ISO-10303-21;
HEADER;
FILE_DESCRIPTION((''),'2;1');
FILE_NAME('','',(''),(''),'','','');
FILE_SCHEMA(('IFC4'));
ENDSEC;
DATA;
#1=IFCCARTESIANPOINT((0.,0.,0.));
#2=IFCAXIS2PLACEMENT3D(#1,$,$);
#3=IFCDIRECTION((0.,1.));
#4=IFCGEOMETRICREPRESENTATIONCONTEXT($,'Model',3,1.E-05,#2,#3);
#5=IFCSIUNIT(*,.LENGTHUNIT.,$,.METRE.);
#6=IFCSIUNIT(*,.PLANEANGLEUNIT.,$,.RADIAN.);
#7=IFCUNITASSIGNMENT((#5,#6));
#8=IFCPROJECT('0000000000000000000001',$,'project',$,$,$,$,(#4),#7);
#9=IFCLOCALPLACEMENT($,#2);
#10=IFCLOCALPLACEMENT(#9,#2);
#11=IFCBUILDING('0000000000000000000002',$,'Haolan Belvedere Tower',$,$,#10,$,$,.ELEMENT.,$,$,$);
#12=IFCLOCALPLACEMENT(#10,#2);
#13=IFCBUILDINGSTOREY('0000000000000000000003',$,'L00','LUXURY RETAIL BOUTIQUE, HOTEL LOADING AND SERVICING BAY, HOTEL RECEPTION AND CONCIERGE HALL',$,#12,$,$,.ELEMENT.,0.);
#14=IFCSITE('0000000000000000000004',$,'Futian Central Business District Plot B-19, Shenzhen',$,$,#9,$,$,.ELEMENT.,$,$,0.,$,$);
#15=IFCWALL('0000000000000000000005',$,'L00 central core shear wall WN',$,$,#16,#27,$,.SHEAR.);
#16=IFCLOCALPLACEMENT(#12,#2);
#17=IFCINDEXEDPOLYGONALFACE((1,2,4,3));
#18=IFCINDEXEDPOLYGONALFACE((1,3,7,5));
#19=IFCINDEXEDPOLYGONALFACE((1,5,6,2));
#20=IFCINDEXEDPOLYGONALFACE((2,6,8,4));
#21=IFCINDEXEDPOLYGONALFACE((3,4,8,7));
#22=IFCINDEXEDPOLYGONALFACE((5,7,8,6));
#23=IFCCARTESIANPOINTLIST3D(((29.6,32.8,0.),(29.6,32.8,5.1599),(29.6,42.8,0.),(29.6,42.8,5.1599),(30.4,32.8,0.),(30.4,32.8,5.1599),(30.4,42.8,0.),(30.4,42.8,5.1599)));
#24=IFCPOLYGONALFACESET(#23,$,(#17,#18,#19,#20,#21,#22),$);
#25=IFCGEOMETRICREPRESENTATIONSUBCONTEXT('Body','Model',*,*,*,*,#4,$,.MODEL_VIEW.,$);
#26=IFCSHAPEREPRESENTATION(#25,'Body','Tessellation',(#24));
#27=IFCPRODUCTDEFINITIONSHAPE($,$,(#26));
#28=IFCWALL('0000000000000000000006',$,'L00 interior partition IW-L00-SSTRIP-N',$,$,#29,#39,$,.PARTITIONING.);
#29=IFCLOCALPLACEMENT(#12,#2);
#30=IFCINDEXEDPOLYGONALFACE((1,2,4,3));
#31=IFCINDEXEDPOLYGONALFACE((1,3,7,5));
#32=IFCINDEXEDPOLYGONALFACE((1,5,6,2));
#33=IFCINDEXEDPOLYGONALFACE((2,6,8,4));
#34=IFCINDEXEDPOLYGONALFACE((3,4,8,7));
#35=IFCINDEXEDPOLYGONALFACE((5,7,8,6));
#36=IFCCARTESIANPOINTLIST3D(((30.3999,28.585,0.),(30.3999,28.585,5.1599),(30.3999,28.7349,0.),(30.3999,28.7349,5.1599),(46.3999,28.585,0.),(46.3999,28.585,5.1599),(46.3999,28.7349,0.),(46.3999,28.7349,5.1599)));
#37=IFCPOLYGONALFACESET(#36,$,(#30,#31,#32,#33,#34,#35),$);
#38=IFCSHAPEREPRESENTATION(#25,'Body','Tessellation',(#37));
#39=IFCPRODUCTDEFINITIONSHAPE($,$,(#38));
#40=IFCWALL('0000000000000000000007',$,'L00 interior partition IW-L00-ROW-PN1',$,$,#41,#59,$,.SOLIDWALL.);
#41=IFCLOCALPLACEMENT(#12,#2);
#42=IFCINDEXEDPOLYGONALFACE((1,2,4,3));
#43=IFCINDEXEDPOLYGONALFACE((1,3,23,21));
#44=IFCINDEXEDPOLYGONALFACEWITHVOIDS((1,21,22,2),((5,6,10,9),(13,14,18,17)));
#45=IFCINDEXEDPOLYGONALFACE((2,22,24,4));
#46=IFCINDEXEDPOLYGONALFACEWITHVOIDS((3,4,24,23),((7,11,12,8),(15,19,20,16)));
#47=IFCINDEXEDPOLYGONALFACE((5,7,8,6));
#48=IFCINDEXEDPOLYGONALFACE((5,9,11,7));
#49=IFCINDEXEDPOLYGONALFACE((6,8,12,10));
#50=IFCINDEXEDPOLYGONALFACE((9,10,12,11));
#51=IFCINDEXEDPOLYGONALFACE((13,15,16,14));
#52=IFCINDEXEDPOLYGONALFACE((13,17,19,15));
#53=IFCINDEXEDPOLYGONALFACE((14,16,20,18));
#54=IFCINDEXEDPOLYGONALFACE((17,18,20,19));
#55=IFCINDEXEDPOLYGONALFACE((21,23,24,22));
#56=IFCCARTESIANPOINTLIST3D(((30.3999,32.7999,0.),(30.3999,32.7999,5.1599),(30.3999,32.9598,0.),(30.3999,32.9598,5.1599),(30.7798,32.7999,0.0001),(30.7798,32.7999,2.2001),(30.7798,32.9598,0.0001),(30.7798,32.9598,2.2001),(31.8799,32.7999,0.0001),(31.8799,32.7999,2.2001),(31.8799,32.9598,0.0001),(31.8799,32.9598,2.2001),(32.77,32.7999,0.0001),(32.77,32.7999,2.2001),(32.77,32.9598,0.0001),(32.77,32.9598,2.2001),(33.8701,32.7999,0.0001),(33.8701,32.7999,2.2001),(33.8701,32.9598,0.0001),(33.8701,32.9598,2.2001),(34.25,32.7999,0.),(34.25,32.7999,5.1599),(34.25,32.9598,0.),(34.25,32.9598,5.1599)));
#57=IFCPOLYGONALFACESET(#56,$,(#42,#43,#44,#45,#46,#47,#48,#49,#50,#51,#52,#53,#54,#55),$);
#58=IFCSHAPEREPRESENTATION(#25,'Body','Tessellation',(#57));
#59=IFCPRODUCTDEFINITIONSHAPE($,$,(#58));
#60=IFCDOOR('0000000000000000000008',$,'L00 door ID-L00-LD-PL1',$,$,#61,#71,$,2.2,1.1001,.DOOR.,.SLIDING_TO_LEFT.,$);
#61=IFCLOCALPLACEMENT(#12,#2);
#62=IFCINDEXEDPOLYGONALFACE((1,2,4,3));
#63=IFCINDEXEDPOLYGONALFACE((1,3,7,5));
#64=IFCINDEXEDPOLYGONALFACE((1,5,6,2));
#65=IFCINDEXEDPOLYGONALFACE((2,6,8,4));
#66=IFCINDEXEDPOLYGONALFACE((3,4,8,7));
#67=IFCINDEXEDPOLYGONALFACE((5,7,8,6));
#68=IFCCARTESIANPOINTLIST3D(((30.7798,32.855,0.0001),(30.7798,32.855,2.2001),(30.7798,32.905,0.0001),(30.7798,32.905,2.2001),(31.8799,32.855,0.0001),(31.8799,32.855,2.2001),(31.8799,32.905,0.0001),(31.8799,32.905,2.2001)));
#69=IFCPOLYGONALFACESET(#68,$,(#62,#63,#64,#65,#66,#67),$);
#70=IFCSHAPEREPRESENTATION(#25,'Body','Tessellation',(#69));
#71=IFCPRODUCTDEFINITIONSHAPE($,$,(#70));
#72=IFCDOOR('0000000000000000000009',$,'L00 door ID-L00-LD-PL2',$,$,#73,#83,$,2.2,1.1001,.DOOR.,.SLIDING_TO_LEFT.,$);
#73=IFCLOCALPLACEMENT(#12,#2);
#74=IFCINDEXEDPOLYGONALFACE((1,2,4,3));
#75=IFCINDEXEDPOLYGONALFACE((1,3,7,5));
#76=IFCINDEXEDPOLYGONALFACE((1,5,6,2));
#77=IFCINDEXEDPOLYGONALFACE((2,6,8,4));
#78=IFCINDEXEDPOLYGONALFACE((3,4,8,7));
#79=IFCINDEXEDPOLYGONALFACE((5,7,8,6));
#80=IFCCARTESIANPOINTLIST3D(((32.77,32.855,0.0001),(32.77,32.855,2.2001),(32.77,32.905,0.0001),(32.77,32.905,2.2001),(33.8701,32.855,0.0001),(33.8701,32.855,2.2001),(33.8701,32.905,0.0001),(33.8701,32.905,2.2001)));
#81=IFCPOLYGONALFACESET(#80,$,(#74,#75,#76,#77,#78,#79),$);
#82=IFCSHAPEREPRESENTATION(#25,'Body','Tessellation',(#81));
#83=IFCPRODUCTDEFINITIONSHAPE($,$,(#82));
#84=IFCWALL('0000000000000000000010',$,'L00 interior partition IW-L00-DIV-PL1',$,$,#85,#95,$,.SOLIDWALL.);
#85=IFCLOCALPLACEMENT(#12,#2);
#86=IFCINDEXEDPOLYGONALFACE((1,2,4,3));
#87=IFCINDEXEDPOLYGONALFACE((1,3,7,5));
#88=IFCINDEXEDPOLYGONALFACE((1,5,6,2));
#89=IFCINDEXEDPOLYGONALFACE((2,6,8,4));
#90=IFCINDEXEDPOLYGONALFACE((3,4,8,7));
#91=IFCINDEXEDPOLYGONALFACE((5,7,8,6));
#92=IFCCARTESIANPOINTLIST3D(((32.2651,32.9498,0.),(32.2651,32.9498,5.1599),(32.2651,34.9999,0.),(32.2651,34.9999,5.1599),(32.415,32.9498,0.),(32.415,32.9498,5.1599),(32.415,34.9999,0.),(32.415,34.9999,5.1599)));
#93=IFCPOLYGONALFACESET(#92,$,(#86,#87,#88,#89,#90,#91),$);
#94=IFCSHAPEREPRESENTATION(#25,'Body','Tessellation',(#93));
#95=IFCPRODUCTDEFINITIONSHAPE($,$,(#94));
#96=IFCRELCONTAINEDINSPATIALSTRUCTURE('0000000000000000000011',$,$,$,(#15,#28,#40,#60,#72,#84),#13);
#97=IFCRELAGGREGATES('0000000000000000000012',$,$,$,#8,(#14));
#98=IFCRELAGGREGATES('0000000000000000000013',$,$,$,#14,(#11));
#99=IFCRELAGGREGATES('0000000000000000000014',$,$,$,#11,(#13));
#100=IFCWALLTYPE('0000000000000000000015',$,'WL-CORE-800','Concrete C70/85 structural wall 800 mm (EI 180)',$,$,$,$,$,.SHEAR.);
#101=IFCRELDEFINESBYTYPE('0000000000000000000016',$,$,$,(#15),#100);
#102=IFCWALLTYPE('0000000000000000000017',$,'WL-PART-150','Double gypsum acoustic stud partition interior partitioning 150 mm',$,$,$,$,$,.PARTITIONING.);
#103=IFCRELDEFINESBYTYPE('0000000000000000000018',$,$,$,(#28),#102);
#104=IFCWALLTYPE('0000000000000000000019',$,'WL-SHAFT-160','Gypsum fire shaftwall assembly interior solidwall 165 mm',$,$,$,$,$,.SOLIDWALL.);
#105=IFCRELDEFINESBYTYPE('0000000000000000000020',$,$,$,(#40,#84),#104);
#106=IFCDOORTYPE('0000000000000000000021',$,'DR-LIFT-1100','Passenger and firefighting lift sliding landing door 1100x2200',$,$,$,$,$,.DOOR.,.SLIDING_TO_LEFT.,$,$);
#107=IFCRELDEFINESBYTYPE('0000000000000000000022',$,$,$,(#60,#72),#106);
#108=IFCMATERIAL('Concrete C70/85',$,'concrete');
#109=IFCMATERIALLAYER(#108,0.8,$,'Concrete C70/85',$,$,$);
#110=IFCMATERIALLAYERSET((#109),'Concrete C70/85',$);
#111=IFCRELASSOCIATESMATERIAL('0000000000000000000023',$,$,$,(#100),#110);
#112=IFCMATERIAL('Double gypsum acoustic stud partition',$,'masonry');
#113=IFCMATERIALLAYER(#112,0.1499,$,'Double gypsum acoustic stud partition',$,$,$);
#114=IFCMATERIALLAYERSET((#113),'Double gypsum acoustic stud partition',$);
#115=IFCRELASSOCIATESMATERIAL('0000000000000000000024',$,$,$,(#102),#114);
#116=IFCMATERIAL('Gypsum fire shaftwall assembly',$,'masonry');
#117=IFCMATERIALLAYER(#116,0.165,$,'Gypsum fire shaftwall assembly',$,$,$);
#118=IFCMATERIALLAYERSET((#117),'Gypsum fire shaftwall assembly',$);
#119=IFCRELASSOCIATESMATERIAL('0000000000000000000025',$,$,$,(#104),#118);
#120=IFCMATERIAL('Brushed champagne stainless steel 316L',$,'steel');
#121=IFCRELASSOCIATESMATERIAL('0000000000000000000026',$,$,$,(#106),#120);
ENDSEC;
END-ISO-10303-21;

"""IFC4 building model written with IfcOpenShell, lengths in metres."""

from ifc_helpers import new_model, si_unit, direction, frame, frame_2d, origin, place, context, subcontext, project, spatial, rectangle, extrude, material, layer, layer_set, type_object, element, fill, save


model = new_model("IFC4")

# Units and contexts
model_context = context("Model", 3, precision=1e-05, world=origin(), true_north=direction((0.0, 1.0)))
body_context = subcontext(model_context, "Body", "Model", "MODEL_VIEW")
ifc_project = project(units=[si_unit("LENGTHUNIT", "METRE"), si_unit("PLANEANGLEUNIT", "RADIAN")], contexts=[model_context])

# Site, building, storey
site_placement = place(None, origin())
site = spatial("IfcSite", under=ifc_project, at=site_placement, Name="Futian Central Business District Plot B-19, Shenzhen", CompositionType="ELEMENT", RefElevation=0.0)
building_placement = place(site_placement, origin())
building = spatial("IfcBuilding", under=site, at=building_placement, Name="Haolan Belvedere Tower", CompositionType="ELEMENT")
storey_placement = place(building_placement, origin())
storey = spatial("IfcBuildingStorey", under=building, at=storey_placement, Name="L00", Description="LUXURY RETAIL BOUTIQUE, HOTEL LOADING AND SERVICING BAY, HOTEL RECEPTION AND CONCIERGE HALL", CompositionType="ELEMENT", Elevation=0.0)

# Walls
ifc_material_1 = material(Name="Concrete C70/85", Category="concrete")
ifc_layer_1 = layer(ifc_material_1, 0.8, Name="Concrete C70/85")
ifc_layer_set_1 = layer_set([ifc_layer_1], Name="Concrete C70/85")
wall_type_1 = type_object("IfcWallType", Name="WL-CORE-800", Description="Concrete C70/85 structural wall 800 mm (EI 180)", PredefinedType="SHEAR", material=ifc_layer_set_1)
wall_1_placement = place(storey_placement, frame((30.0, 32.8, 0.0), z_axis=(0.0, 0.0, 1.0), x_axis=(0.0, 1.0, 0.0)))
element("IfcWall", 1, at=wall_1_placement, inside=storey, type_object=wall_type_1, Name="L00 central core shear wall WN", PredefinedType="SHEAR", context=body_context, shape_type="SweptSolid", body=[
    extrude(rectangle(XDim=10.0, YDim=0.8, at=frame_2d((5.0, 0.0))), origin(), (0.0, 0.0, 1.0), 5.1599),
])
ifc_material_2 = material(Name="Double gypsum acoustic stud partition", Category="masonry")
ifc_layer_2 = layer(ifc_material_2, 0.1499, Name="Double gypsum acoustic stud partition")
ifc_layer_set_2 = layer_set([ifc_layer_2], Name="Double gypsum acoustic stud partition")
wall_type_2 = type_object("IfcWallType", Name="WL-PART-150", Description="Double gypsum acoustic stud partition interior partitioning 150 mm", PredefinedType="PARTITIONING", material=ifc_layer_set_2)
wall_2_placement = place(storey_placement, frame((30.3999, 28.6599, 0.0), z_axis=(0.0, 0.0, 1.0), x_axis=(1.0, 0.0, 0.0)))
element("IfcWall", 2, at=wall_2_placement, inside=storey, type_object=wall_type_2, Name="L00 interior partition IW-L00-SSTRIP-N", PredefinedType="PARTITIONING", context=body_context, shape_type="SweptSolid", body=[
    extrude(rectangle(XDim=16.0, YDim=0.1499, at=frame_2d((8.0, 0.0))), origin(), (0.0, 0.0, 1.0), 5.1599),
])

# Wall, openings, doors
ifc_material_3 = material(Name="Gypsum fire shaftwall assembly", Category="masonry")
ifc_layer_3 = layer(ifc_material_3, 0.165, Name="Gypsum fire shaftwall assembly")
ifc_layer_set_3 = layer_set([ifc_layer_3], Name="Gypsum fire shaftwall assembly")
wall_type_3 = type_object("IfcWallType", Name="WL-SHAFT-160", Description="Gypsum fire shaftwall assembly interior solidwall 165 mm", PredefinedType="SOLIDWALL", material=ifc_layer_set_3)
wall_3_placement = place(storey_placement, frame((30.3999, 32.8799, 0.0), z_axis=(0.0, 0.0, 1.0), x_axis=(1.0, 0.0, 0.0)))
wall_3 = element("IfcWall", 3, at=wall_3_placement, inside=storey, type_object=wall_type_3, Name="L00 interior partition IW-L00-ROW-PN1", PredefinedType="SOLIDWALL", context=body_context, shape_type="SweptSolid", body=[
    extrude(rectangle(XDim=3.8501, YDim=0.1599, at=frame_2d((1.925, 0.0))), origin(), (0.0, 0.0, 1.0), 5.1599),
])
opening_1_placement = place(wall_3_placement, frame((1.48, 0.0, 0.0), z_axis=(0.0, 0.0, 1.0), x_axis=(-1.0, 0.0, 0.0)))
opening_1 = element("IfcOpeningElement", 4, at=opening_1_placement, cuts=wall_3, PredefinedType="OPENING", context=body_context, shape_type="SweptSolid", body=[
    extrude(rectangle(XDim=1.1001, YDim=2.2, at=frame_2d((0.55, 1.1001))), frame((0.0, 0.0898, 0.0), z_axis=(0.0, -1.0, 0.0), x_axis=(1.0, 0.0, 0.0)), (0.0, 0.0, 1.0), 0.1799),
])
opening_2_placement = place(wall_3_placement, frame((3.4702, 0.0, 0.0), z_axis=(0.0, 0.0, 1.0), x_axis=(-1.0, 0.0, 0.0)))
opening_2 = element("IfcOpeningElement", 5, at=opening_2_placement, cuts=wall_3, PredefinedType="OPENING", context=body_context, shape_type="SweptSolid", body=[
    extrude(rectangle(XDim=1.1001, YDim=2.2, at=frame_2d((0.55, 1.1001))), frame((0.0, 0.0898, 0.0), z_axis=(0.0, -1.0, 0.0), x_axis=(1.0, 0.0, 0.0)), (0.0, 0.0, 1.0), 0.1799),
])
ifc_material_4 = material(Name="Brushed champagne stainless steel 316L", Category="steel")
door_type_1 = type_object("IfcDoorType", Name="DR-LIFT-1100", Description="Passenger and firefighting lift sliding landing door 1100x2200", OperationType="SLIDING_TO_LEFT", PredefinedType="DOOR", material=ifc_material_4)
door_1_placement = place(opening_1_placement, origin())
door_1 = element("IfcDoor", 6, at=door_1_placement, inside=storey, type_object=door_type_1, Name="L00 door ID-L00-LD-PL1", OperationType="SLIDING_TO_LEFT", OverallHeight=2.2, OverallWidth=1.1001, PredefinedType="DOOR", context=body_context, shape_type="SweptSolid", body=[
    extrude(rectangle(XDim=1.1001, YDim=2.2, at=frame_2d((0.55, 1.1001))), frame((0.0, 0.0249, 0.0), z_axis=(0.0, -1.0, 0.0), x_axis=(1.0, 0.0, 0.0)), (0.0, 0.0, 1.0), 0.05),
])
fill(opening_1, door_1)
door_2_placement = place(opening_2_placement, origin())
door_2 = element("IfcDoor", 7, at=door_2_placement, inside=storey, type_object=door_type_1, Name="L00 door ID-L00-LD-PL2", OperationType="SLIDING_TO_LEFT", OverallHeight=2.2, OverallWidth=1.1001, PredefinedType="DOOR", context=body_context, shape_type="SweptSolid", body=[
    extrude(rectangle(XDim=1.1001, YDim=2.2, at=frame_2d((0.55, 1.1001))), frame((0.0, 0.0249, 0.0), z_axis=(0.0, -1.0, 0.0), x_axis=(1.0, 0.0, 0.0)), (0.0, 0.0, 1.0), 0.05),
])
fill(opening_2, door_2)

# Wall
wall_4_placement = place(storey_placement, frame((32.3401, 32.95, 0.0), z_axis=(0.0, 0.0, 1.0), x_axis=(0.0, 1.0, 0.0)))
element("IfcWall", 8, at=wall_4_placement, inside=storey, type_object=wall_type_3, Name="L00 interior partition IW-L00-DIV-PL1", PredefinedType="SOLIDWALL", context=body_context, shape_type="SweptSolid", body=[
    extrude(rectangle(XDim=2.05, YDim=0.1499, at=frame_2d((1.0249, 0.0))), origin(), (0.0, 0.0, 1.0), 5.1599),
])

save(model, "model.ifc")
